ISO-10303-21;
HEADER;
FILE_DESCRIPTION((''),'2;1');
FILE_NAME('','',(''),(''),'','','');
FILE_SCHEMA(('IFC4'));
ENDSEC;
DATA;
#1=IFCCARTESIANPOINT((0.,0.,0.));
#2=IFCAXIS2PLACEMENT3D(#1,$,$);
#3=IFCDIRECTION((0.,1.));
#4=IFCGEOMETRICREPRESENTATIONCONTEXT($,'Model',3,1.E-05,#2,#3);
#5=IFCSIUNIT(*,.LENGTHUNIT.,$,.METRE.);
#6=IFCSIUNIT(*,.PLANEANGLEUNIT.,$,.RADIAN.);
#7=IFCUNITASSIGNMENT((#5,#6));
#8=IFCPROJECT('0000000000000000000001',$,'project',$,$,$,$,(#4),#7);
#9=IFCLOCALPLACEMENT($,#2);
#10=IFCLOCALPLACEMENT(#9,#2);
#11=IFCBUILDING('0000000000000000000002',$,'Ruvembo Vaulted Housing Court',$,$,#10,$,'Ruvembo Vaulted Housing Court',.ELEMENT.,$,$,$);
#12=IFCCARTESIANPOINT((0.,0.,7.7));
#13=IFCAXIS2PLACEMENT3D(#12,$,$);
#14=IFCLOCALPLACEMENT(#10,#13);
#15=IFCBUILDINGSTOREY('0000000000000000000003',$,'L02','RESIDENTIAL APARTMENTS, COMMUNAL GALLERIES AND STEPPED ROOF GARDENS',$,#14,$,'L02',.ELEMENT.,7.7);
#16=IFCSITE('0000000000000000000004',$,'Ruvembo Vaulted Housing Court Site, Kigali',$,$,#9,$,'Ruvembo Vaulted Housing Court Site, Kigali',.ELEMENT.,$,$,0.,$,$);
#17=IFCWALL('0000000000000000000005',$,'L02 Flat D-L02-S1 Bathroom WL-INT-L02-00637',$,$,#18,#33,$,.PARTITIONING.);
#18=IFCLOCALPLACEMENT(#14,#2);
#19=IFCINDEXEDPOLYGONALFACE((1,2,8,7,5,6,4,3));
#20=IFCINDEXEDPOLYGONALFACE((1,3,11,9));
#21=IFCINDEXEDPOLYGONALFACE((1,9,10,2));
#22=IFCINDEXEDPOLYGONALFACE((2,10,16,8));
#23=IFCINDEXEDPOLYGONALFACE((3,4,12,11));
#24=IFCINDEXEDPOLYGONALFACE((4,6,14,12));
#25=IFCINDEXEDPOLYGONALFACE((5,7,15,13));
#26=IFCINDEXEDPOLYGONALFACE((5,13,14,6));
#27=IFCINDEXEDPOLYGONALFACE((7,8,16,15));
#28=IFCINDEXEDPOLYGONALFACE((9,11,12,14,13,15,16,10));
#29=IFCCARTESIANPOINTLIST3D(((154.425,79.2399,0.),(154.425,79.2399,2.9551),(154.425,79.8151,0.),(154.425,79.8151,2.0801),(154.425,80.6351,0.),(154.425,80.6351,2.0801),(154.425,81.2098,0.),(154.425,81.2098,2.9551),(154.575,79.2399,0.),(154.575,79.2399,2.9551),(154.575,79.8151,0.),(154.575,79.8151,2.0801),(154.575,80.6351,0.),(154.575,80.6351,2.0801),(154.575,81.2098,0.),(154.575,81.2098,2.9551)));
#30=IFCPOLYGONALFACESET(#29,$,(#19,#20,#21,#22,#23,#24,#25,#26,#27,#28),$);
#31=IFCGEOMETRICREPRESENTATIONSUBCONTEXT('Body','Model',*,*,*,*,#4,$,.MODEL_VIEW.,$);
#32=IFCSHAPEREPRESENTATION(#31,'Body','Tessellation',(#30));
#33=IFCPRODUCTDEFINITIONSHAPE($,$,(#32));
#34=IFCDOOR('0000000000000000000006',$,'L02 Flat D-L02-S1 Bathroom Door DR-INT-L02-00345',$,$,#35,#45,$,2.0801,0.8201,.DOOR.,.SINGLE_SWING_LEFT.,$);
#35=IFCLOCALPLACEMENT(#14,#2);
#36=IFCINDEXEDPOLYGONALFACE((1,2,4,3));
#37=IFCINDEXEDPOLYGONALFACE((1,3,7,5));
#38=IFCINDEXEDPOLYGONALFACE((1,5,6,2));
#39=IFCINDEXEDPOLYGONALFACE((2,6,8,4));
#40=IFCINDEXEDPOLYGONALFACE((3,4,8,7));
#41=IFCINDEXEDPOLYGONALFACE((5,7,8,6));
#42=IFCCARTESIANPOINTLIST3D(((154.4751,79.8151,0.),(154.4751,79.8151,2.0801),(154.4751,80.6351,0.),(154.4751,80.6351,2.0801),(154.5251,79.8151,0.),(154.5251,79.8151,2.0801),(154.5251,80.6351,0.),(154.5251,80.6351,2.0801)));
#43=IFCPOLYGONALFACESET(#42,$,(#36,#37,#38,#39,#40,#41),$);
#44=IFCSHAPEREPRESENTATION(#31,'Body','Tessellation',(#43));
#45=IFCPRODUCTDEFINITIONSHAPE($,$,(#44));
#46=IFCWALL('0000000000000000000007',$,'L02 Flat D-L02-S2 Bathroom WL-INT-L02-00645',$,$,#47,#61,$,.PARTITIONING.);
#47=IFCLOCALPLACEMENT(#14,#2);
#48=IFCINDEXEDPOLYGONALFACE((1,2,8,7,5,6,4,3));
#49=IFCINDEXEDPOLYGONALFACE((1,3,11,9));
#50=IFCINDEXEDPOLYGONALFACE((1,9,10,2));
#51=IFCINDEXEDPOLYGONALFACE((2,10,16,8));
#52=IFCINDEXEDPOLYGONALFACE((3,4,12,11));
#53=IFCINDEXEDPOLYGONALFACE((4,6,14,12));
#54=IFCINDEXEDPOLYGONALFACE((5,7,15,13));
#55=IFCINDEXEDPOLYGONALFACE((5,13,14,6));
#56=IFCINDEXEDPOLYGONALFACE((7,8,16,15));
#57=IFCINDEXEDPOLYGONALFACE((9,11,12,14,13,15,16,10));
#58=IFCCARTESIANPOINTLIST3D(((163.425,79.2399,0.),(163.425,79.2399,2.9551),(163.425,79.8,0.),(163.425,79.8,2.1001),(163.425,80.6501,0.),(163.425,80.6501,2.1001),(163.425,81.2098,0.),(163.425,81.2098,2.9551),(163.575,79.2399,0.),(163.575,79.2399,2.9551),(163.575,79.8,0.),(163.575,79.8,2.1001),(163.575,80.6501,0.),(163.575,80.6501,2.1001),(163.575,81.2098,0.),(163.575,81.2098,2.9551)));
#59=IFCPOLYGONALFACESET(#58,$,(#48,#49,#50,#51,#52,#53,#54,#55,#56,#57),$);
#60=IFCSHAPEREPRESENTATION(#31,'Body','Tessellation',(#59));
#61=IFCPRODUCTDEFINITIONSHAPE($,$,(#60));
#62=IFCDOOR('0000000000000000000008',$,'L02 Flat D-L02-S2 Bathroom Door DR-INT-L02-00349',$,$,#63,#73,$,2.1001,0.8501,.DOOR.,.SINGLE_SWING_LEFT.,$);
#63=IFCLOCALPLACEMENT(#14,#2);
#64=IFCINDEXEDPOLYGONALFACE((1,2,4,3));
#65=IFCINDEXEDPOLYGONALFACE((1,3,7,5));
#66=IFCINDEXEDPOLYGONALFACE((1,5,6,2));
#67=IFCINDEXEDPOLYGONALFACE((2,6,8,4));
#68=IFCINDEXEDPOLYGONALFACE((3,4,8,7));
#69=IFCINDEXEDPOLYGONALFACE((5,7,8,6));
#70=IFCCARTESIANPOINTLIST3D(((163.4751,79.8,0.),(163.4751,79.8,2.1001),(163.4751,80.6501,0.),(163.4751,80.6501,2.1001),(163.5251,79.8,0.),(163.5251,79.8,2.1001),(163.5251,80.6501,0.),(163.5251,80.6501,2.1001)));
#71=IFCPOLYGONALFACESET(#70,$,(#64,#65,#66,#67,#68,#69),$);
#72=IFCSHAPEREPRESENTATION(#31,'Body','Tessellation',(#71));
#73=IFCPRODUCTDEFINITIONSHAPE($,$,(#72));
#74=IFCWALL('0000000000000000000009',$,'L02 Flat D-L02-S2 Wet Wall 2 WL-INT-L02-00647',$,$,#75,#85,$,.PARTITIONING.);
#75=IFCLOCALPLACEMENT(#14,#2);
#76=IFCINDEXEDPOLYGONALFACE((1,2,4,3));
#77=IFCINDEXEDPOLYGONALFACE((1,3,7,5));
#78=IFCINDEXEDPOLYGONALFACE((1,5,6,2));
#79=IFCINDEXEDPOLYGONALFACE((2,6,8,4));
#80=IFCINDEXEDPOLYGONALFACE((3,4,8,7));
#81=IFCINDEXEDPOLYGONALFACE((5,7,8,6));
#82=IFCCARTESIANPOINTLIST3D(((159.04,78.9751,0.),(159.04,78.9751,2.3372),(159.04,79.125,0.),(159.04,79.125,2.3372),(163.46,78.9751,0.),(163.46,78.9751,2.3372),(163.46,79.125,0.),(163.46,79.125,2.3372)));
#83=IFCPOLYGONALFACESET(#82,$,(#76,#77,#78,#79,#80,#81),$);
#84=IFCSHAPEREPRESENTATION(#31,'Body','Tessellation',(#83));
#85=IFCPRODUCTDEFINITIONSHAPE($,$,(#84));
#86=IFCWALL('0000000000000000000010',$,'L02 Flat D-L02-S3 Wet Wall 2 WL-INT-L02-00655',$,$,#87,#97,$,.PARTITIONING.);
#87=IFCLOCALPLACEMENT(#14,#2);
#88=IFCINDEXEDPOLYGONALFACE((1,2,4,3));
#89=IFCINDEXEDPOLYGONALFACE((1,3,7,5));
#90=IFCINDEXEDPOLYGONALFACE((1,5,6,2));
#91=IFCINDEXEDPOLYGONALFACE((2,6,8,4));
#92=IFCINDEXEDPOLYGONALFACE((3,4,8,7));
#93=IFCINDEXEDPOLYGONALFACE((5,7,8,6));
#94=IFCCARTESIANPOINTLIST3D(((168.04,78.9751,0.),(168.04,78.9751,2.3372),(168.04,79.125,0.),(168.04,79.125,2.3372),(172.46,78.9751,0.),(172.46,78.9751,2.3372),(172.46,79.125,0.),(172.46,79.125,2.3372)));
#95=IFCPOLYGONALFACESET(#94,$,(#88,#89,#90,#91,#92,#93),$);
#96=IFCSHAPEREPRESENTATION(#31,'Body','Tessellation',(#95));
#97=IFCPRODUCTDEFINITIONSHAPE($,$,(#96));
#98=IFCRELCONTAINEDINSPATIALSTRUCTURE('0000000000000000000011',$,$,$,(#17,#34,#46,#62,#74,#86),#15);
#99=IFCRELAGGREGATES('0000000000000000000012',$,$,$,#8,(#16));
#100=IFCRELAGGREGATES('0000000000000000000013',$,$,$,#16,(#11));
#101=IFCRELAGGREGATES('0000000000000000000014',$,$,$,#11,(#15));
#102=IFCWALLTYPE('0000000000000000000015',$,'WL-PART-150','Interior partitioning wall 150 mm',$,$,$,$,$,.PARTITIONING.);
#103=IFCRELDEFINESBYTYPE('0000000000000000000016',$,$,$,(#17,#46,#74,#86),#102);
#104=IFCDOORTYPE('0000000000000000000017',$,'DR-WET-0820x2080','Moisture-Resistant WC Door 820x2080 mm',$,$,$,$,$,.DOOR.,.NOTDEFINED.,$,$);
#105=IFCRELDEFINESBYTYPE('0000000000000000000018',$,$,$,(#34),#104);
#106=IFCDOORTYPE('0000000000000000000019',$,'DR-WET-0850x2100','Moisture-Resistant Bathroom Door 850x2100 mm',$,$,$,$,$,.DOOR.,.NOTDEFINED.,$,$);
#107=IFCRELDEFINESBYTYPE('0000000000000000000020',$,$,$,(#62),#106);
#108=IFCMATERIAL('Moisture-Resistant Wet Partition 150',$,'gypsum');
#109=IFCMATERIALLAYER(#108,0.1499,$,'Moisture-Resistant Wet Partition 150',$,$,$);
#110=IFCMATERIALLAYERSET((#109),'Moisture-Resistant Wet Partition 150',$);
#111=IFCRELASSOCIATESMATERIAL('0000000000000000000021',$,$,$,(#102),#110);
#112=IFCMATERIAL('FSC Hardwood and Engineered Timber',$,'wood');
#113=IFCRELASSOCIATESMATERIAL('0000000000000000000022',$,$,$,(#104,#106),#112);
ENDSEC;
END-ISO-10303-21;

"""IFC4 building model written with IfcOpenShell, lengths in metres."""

from ifc_helpers import new_model, si_unit, direction, frame, frame_2d, origin, place, context, subcontext, project, spatial, rectangle, extrude, material, layer, layer_set, type_object, element, fill, save


model = new_model("IFC4")

# Units and contexts
model_context = context("Model", 3, precision=1e-05, world=origin(), true_north=direction((0.0, 1.0)))
body_context = subcontext(model_context, "Body", "Model", "MODEL_VIEW")
ifc_project = project(units=[si_unit("LENGTHUNIT", "METRE"), si_unit("PLANEANGLEUNIT", "RADIAN")], contexts=[model_context])

# Site, building, storey
site_placement = place(None, origin())
site = spatial("IfcSite", under=ifc_project, at=site_placement, Name="Ruvembo Vaulted Housing Court Site, Kigali", LongName="Ruvembo Vaulted Housing Court Site, Kigali", CompositionType="ELEMENT", RefElevation=0.0)
building_placement = place(site_placement, origin())
building = spatial("IfcBuilding", under=site, at=building_placement, Name="Ruvembo Vaulted Housing Court", LongName="Ruvembo Vaulted Housing Court", CompositionType="ELEMENT")
storey_placement = place(building_placement, frame((0.0, 0.0, 7.7)))
storey = spatial("IfcBuildingStorey", under=building, at=storey_placement, Name="L02", Description="RESIDENTIAL APARTMENTS, COMMUNAL GALLERIES AND STEPPED ROOF GARDENS", LongName="L02", CompositionType="ELEMENT", Elevation=7.7)

# Shared definitions
ifc_material_1 = material(Name="FSC Hardwood and Engineered Timber", Category="wood")

# Walls, openings, doors
ifc_material_2 = material(Name="Moisture-Resistant Wet Partition 150", Category="gypsum")
ifc_layer_1 = layer(ifc_material_2, 0.1499, Name="Moisture-Resistant Wet Partition 150")
ifc_layer_set_1 = layer_set([ifc_layer_1], Name="Moisture-Resistant Wet Partition 150")
wall_type_1 = type_object("IfcWallType", Name="WL-PART-150", Description="Interior partitioning wall 150 mm", PredefinedType="PARTITIONING", material=ifc_layer_set_1)
wall_1_placement = place(storey_placement, frame((154.5, 79.24, 0.0), z_axis=(0.0, 0.0, 1.0), x_axis=(0.0, 1.0, 0.0)))
wall_1 = element("IfcWall", 1, at=wall_1_placement, inside=storey, type_object=wall_type_1, Name="L02 Flat D-L02-S1 Bathroom WL-INT-L02-00637", PredefinedType="PARTITIONING", context=body_context, shape_type="SweptSolid", body=[
    extrude(rectangle(XDim=1.97, YDim=0.1499, at=frame_2d((0.9849, 0.0))), origin(), (0.0, 0.0, 1.0), 2.9551),
])
opening_1_placement = place(wall_1_placement, frame((0.575, 0.0, 0.0)))
opening_1 = element("IfcOpeningElement", 2, at=opening_1_placement, cuts=wall_1, PredefinedType="OPENING", context=body_context, shape_type="SweptSolid", body=[
    extrude(rectangle(XDim=0.8201, YDim=2.0801, at=frame_2d((0.4102, 1.04))), frame((0.0, 0.085, 0.0), z_axis=(0.0, -1.0, 0.0), x_axis=(1.0, 0.0, 0.0)), (0.0, 0.0, 1.0), 0.1699),
])
door_type_1 = type_object("IfcDoorType", Name="DR-WET-0820x2080", Description="Moisture-Resistant WC Door 820x2080 mm", OperationType="NOTDEFINED", PredefinedType="DOOR", material=ifc_material_1)
door_1_placement = place(opening_1_placement, origin())
door_1 = element("IfcDoor", 3, at=door_1_placement, inside=storey, type_object=door_type_1, Name="L02 Flat D-L02-S1 Bathroom Door DR-INT-L02-00345", OperationType="SINGLE_SWING_LEFT", OverallHeight=2.0801, OverallWidth=0.8201, PredefinedType="DOOR", context=body_context, shape_type="SweptSolid", body=[
    extrude(rectangle(XDim=0.8201, YDim=2.0801, at=frame_2d((0.4102, 1.04))), frame((0.0, 0.0249, 0.0), z_axis=(0.0, -1.0, 0.0), x_axis=(1.0, 0.0, 0.0)), (0.0, 0.0, 1.0), 0.05),
])
fill(opening_1, door_1)
wall_2_placement = place(storey_placement, frame((163.5, 79.24, 0.0), z_axis=(0.0, 0.0, 1.0), x_axis=(0.0, 1.0, 0.0)))
wall_2 = element("IfcWall", 4, at=wall_2_placement, inside=storey, type_object=wall_type_1, Name="L02 Flat D-L02-S2 Bathroom WL-INT-L02-00645", PredefinedType="PARTITIONING", context=body_context, shape_type="SweptSolid", body=[
    extrude(rectangle(XDim=1.97, YDim=0.1499, at=frame_2d((0.9849, 0.0))), origin(), (0.0, 0.0, 1.0), 2.9551),
])
opening_2_placement = place(wall_2_placement, frame((0.5601, 0.0, 0.0)))
opening_2 = element("IfcOpeningElement", 5, at=opening_2_placement, cuts=wall_2, PredefinedType="OPENING", context=body_context, shape_type="SweptSolid", body=[
    extrude(rectangle(XDim=0.8501, YDim=2.1001, at=frame_2d((0.425, 1.05))), frame((0.0, 0.085, 0.0), z_axis=(0.0, -1.0, 0.0), x_axis=(1.0, 0.0, 0.0)), (0.0, 0.0, 1.0), 0.1699),
])
door_type_2 = type_object("IfcDoorType", Name="DR-WET-0850x2100", Description="Moisture-Resistant Bathroom Door 850x2100 mm", OperationType="NOTDEFINED", PredefinedType="DOOR", material=ifc_material_1)
door_2_placement = place(opening_2_placement, origin())
door_2 = element("IfcDoor", 6, at=door_2_placement, inside=storey, type_object=door_type_2, Name="L02 Flat D-L02-S2 Bathroom Door DR-INT-L02-00349", OperationType="SINGLE_SWING_LEFT", OverallHeight=2.1001, OverallWidth=0.8501, PredefinedType="DOOR", context=body_context, shape_type="SweptSolid", body=[
    extrude(rectangle(XDim=0.8501, YDim=2.1001, at=frame_2d((0.425, 1.05))), frame((0.0, 0.0249, 0.0), z_axis=(0.0, -1.0, 0.0), x_axis=(1.0, 0.0, 0.0)), (0.0, 0.0, 1.0), 0.05),
])
fill(opening_2, door_2)

# Walls
for number, where, z_axis, x_axis, name in (
    (7, (159.04, 79.05, 0.0), (0.0, 0.0, 1.0), (1.0, 0.0, 0.0), "L02 Flat D-L02-S2 Wet Wall 2 WL-INT-L02-00647"),
    (8, (168.04, 79.05, 0.0), (0.0, 0.0, 1.0), (1.0, 0.0, 0.0), "L02 Flat D-L02-S3 Wet Wall 2 WL-INT-L02-00655"),
):
    element("IfcWall", number, at=place(storey_placement, frame(where, z_axis=z_axis, x_axis=x_axis)), inside=storey, type_object=wall_type_1, Name=name, PredefinedType="PARTITIONING", context=body_context, shape_type="SweptSolid", body=[
        extrude(rectangle(XDim=4.4199, YDim=0.1499, at=frame_2d((2.21, 0.0))), origin(), (0.0, 0.0, 1.0), 2.3372),
    ])

save(model, "model.ifc")
